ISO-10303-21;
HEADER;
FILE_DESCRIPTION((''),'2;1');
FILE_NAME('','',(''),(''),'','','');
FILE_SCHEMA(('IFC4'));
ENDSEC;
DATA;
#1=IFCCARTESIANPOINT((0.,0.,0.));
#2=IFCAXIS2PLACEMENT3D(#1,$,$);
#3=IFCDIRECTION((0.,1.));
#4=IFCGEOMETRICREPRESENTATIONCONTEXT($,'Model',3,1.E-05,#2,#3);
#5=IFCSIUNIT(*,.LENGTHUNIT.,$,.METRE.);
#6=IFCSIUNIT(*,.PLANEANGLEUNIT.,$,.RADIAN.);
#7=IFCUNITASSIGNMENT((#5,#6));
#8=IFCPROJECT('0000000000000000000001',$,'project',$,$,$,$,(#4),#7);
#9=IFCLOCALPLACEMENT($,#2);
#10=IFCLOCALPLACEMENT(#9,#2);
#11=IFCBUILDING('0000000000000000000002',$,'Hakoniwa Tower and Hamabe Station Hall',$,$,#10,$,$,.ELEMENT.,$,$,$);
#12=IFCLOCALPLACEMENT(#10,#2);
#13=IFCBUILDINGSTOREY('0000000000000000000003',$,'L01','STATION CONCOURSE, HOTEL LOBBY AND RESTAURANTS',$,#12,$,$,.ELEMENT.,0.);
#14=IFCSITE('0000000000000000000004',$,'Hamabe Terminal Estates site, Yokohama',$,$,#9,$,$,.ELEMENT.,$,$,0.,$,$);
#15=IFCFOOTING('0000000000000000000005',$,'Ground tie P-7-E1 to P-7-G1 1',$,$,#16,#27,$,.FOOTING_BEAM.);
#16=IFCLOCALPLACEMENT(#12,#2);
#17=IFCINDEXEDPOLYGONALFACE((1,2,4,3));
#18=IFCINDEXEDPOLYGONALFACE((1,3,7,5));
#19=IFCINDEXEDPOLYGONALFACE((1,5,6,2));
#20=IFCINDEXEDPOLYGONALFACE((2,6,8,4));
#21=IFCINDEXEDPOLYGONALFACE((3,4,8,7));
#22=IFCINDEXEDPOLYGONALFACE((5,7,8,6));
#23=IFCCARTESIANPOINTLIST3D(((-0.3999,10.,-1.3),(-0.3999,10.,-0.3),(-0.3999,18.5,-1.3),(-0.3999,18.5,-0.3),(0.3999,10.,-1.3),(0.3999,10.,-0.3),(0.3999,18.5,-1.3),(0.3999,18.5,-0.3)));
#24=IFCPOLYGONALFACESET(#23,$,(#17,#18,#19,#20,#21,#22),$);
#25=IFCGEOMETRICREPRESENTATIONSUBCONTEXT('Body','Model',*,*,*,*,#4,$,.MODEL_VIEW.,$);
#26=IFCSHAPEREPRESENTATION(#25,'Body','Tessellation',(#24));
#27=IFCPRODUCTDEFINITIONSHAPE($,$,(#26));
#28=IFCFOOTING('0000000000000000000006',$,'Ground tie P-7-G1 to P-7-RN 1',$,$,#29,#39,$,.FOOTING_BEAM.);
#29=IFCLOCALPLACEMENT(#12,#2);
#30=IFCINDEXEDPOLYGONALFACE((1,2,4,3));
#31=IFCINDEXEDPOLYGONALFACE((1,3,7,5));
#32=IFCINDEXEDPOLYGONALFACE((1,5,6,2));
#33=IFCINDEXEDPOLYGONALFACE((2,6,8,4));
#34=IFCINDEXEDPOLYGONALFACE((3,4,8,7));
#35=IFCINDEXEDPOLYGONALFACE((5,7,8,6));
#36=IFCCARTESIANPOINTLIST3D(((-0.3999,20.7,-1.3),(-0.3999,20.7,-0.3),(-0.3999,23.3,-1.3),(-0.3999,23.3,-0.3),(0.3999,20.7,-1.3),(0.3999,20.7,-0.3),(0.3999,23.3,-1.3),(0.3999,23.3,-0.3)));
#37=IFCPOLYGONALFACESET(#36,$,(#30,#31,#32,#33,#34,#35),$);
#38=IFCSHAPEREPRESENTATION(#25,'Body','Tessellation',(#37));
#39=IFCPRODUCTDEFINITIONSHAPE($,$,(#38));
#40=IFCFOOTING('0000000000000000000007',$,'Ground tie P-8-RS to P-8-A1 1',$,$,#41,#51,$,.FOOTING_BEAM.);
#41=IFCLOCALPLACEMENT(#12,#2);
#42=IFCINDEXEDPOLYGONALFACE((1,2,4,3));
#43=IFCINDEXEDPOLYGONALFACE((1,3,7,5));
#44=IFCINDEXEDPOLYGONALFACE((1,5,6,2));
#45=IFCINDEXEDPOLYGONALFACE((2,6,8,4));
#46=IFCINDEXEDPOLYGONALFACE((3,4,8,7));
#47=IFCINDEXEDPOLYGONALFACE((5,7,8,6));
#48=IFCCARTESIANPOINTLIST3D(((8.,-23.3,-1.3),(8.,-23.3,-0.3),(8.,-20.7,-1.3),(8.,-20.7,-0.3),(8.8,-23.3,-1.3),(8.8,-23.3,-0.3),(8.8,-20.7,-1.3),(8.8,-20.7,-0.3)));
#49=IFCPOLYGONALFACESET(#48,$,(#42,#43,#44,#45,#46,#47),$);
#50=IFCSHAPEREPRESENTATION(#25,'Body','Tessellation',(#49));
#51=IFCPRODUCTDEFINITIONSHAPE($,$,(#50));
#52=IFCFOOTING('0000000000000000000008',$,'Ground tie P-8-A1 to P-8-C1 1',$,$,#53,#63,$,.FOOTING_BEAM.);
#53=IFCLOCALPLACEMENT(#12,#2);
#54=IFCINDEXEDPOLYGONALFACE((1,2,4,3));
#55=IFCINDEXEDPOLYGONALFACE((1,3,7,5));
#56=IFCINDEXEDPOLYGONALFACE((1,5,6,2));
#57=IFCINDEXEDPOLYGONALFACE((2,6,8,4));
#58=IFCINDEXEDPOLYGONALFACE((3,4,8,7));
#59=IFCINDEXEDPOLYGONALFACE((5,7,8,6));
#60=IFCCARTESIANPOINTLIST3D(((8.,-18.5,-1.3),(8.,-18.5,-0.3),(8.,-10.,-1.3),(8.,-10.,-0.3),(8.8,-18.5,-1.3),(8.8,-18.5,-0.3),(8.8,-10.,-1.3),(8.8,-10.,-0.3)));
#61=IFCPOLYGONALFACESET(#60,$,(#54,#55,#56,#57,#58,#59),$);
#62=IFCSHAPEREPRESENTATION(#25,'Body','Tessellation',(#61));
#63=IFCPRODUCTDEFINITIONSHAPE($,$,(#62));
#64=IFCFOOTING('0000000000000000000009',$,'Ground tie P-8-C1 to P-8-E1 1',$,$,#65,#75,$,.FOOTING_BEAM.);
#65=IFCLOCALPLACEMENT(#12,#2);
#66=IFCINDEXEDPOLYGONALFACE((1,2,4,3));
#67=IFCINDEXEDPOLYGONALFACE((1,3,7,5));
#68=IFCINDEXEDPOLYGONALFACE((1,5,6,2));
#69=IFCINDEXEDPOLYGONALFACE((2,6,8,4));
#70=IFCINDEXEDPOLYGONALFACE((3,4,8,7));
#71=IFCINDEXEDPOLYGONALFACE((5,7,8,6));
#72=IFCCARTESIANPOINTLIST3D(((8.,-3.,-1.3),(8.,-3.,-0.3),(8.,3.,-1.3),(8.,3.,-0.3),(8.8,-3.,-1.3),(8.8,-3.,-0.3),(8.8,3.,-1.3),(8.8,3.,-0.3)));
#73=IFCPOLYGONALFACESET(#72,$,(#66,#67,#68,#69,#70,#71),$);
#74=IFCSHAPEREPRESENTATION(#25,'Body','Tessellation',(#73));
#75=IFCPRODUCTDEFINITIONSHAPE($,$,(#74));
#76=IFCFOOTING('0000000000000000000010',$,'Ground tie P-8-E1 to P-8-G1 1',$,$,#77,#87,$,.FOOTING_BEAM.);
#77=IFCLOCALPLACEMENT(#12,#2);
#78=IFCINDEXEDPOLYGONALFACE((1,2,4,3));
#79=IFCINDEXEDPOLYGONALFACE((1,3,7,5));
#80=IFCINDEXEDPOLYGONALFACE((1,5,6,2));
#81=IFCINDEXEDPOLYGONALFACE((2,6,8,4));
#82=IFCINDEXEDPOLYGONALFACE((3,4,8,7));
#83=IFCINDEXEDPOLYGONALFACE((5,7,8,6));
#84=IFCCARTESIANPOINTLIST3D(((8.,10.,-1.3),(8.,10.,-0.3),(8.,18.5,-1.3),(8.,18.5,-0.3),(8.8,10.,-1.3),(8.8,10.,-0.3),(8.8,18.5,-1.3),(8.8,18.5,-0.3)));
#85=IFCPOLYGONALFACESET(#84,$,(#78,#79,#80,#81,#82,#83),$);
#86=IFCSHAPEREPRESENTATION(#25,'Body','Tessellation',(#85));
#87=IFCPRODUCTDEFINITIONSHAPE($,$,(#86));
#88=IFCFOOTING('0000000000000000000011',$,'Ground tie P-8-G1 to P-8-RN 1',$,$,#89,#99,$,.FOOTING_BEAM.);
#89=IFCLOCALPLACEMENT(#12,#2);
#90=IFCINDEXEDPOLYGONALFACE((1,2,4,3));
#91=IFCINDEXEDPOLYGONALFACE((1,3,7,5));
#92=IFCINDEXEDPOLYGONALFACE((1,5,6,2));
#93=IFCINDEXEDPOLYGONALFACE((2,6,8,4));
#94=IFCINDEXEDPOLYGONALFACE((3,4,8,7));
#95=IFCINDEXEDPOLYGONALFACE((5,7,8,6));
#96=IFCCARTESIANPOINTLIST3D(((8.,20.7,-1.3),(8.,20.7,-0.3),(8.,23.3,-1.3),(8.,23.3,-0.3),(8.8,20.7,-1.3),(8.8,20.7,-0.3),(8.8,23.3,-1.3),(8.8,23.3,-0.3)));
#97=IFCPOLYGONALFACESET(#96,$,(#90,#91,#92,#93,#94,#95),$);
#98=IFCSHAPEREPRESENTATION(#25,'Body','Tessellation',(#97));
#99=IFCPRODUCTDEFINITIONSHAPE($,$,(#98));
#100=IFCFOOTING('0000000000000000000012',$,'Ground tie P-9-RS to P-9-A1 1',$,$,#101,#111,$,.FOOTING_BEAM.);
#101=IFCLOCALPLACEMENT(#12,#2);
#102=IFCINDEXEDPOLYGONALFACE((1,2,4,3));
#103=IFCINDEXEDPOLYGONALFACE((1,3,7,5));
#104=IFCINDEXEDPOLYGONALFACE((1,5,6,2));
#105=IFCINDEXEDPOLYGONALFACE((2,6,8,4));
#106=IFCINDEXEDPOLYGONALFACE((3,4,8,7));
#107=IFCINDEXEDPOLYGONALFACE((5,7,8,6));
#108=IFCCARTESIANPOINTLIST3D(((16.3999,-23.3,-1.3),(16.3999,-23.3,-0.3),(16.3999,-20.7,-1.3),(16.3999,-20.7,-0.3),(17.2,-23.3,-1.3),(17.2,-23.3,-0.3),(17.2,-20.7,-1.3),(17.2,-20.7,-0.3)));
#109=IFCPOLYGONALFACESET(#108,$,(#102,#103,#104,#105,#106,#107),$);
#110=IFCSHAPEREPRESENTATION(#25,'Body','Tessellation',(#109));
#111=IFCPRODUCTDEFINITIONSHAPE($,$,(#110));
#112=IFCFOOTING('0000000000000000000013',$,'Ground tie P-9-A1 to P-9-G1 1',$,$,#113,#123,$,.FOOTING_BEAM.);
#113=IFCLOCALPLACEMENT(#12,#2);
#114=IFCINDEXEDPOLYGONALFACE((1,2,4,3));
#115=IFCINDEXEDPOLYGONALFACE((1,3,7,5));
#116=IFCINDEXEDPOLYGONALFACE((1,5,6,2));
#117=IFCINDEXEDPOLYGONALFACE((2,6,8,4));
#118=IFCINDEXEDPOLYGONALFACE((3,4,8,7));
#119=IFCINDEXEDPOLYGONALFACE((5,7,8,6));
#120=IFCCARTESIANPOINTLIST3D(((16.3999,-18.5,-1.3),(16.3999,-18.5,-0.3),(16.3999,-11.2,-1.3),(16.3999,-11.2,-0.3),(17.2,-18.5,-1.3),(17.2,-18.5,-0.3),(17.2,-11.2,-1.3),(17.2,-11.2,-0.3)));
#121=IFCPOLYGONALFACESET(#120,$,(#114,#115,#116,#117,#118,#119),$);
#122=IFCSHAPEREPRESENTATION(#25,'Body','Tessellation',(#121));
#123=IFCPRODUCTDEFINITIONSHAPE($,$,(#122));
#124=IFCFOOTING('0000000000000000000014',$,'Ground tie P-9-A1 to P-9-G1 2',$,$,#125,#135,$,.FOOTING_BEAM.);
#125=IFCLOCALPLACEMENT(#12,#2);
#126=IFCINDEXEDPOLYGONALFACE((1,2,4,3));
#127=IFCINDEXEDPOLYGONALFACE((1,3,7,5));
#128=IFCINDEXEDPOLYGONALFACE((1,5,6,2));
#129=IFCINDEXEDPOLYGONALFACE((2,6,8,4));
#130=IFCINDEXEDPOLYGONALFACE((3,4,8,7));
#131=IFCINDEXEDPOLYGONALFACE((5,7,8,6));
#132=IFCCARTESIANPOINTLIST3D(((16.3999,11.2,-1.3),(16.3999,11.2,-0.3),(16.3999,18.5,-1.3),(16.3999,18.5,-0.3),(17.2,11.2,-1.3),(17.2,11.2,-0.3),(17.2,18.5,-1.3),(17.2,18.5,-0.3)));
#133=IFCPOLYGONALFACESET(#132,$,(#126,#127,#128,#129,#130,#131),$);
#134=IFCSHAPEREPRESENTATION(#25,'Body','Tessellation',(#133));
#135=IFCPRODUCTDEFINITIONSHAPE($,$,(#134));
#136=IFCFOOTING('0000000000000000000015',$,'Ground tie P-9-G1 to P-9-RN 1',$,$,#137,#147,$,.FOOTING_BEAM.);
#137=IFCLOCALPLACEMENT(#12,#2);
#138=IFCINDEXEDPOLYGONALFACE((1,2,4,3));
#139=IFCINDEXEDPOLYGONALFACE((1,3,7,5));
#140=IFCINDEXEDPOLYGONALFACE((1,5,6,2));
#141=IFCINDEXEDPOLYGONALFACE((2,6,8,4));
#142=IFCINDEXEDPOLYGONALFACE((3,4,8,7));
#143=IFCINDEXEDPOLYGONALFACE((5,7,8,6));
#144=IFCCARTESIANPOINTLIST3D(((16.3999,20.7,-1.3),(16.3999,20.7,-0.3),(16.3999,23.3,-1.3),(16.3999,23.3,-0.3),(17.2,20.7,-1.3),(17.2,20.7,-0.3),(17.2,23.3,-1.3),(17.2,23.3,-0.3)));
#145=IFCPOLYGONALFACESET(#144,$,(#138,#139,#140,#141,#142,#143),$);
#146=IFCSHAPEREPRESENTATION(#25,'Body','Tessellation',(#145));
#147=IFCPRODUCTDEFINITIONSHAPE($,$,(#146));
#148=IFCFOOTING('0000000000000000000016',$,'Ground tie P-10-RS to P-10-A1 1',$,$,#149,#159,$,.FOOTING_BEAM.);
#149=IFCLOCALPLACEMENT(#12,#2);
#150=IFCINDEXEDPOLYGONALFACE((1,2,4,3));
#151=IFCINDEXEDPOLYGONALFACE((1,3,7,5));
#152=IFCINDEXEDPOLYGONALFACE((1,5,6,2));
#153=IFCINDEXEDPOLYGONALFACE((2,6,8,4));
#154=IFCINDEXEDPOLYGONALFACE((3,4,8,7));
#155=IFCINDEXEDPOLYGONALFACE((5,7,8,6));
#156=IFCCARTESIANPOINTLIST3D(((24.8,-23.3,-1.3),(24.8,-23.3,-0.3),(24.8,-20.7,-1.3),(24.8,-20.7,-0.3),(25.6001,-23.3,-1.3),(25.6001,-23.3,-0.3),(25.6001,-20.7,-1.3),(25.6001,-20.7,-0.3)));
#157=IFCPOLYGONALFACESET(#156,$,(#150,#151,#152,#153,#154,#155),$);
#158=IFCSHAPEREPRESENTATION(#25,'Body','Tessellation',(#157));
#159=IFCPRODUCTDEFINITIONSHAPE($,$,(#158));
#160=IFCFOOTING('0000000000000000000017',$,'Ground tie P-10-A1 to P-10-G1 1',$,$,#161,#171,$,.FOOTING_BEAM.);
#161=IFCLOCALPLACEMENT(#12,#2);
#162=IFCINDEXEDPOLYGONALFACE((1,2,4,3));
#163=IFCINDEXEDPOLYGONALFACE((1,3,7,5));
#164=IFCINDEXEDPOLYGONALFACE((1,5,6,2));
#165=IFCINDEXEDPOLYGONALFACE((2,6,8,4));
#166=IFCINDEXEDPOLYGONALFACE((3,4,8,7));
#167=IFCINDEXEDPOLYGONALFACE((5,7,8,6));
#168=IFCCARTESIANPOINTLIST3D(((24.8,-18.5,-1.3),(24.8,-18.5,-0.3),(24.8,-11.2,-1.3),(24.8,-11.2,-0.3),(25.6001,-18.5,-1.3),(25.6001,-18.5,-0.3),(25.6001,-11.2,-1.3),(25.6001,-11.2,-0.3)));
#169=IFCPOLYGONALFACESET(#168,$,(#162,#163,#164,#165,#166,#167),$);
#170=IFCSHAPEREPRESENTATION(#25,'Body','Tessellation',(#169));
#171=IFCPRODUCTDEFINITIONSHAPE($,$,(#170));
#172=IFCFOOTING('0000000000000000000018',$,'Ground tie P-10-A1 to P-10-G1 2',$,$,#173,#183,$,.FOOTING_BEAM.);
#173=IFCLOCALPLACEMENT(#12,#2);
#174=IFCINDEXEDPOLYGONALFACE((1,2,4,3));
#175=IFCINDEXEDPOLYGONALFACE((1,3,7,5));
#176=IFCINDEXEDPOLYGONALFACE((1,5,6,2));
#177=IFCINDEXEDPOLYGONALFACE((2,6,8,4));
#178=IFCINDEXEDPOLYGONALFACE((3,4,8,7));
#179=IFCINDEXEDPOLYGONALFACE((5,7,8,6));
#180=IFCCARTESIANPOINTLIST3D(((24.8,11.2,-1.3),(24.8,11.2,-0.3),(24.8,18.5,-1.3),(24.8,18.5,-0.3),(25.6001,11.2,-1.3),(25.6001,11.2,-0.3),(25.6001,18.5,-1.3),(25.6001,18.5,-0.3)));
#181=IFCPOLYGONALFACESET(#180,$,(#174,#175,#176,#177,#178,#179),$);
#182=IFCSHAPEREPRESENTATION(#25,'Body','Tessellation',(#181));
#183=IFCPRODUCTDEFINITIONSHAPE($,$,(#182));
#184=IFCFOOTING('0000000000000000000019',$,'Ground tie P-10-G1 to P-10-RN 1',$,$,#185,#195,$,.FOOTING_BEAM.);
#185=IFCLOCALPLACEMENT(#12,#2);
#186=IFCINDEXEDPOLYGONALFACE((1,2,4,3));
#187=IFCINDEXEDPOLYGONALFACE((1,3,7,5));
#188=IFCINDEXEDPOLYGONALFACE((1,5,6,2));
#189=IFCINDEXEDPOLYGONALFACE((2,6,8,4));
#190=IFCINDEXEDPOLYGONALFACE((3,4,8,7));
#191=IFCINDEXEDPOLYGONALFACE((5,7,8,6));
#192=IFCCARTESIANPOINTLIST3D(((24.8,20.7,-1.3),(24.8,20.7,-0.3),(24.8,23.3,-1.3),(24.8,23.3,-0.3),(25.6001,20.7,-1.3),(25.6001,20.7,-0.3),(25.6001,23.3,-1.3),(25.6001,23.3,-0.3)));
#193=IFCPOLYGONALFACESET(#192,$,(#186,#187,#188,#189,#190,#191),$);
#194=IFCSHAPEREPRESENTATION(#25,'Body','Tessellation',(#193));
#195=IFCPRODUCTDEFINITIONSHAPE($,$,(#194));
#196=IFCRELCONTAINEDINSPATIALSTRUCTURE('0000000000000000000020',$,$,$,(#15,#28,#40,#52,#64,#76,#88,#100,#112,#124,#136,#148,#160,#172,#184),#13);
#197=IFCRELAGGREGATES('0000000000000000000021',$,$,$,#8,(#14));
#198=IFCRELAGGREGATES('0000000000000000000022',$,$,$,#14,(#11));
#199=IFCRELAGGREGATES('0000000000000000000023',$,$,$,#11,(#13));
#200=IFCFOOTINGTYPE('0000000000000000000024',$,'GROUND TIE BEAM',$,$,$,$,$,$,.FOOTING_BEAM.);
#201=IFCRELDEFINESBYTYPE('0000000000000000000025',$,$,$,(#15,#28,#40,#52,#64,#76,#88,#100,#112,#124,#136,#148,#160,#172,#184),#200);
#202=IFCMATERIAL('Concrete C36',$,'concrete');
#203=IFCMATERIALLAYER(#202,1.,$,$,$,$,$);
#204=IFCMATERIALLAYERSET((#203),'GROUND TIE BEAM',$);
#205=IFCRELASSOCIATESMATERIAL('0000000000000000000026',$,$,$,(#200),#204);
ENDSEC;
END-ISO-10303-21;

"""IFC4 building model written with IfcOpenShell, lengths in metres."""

from ifc_helpers import new_model, si_unit, direction, frame, origin, place, context, subcontext, project, spatial, polyline, outline, extrude, material, layer, layer_set, type_object, element, save


model = new_model("IFC4")

# Units and contexts
model_context = context("Model", 3, precision=1e-05, world=origin(), true_north=direction((0.0, 1.0)))
body_context = subcontext(model_context, "Body", "Model", "MODEL_VIEW")
ifc_project = project(units=[si_unit("LENGTHUNIT", "METRE"), si_unit("PLANEANGLEUNIT", "RADIAN")], contexts=[model_context])

# Site, building, storey
site_placement = place(None, origin())
site = spatial("IfcSite", under=ifc_project, at=site_placement, Name="Hamabe Terminal Estates site, Yokohama", CompositionType="ELEMENT", RefElevation=0.0)
building_placement = place(site_placement, origin())
building = spatial("IfcBuilding", under=site, at=building_placement, Name="Hakoniwa Tower and Hamabe Station Hall", CompositionType="ELEMENT")
storey_placement = place(building_placement, origin())
storey = spatial("IfcBuildingStorey", under=building, at=storey_placement, Name="L01", Description="STATION CONCOURSE, HOTEL LOBBY AND RESTAURANTS", CompositionType="ELEMENT", Elevation=0.0)

# Footings
ifc_material = material(Name="Concrete C36", Category="concrete")
ifc_layer = layer(ifc_material, 1.0)
ifc_layer_set = layer_set([ifc_layer], Name="GROUND TIE BEAM")
footing_type = type_object("IfcFootingType", Name="GROUND TIE BEAM", PredefinedType="FOOTING_BEAM", material=ifc_layer_set)
footing_1_placement = place(storey_placement, frame((0.0, 0.0, -1.3)))
element("IfcFooting", 1, at=footing_1_placement, inside=storey, type_object=footing_type, Name="Ground tie P-7-E1 to P-7-G1 1", PredefinedType="FOOTING_BEAM", context=body_context, shape_type="SweptSolid", body=[
    extrude(outline(polyline([(-0.3999, 18.5), (-0.3999, 10.0), (0.3999, 10.0), (0.3999, 18.5), (-0.3999, 18.5)])), origin(), (0.0, 0.0, 1.0), 1.0),
])
footing_2_placement = place(storey_placement, frame((0.0, 0.0, -1.3)))
element("IfcFooting", 2, at=footing_2_placement, inside=storey, type_object=footing_type, Name="Ground tie P-7-G1 to P-7-RN 1", PredefinedType="FOOTING_BEAM", context=body_context, shape_type="SweptSolid", body=[
    extrude(outline(polyline([(-0.3999, 23.3), (-0.3999, 20.7), (0.3999, 20.7), (0.3999, 23.3), (-0.3999, 23.3)])), origin(), (0.0, 0.0, 1.0), 1.0),
])
footing_3_placement = place(storey_placement, frame((0.0, 0.0, -1.3)))
element("IfcFooting", 3, at=footing_3_placement, inside=storey, type_object=footing_type, Name="Ground tie P-8-RS to P-8-A1 1", PredefinedType="FOOTING_BEAM", context=body_context, shape_type="SweptSolid", body=[
    extrude(outline(polyline([(8.0, -20.7), (8.0, -23.3), (8.8, -23.3), (8.8, -20.7), (8.0, -20.7)])), origin(), (0.0, 0.0, 1.0), 1.0),
])
footing_4_placement = place(storey_placement, frame((0.0, 0.0, -1.3)))
element("IfcFooting", 4, at=footing_4_placement, inside=storey, type_object=footing_type, Name="Ground tie P-8-A1 to P-8-C1 1", PredefinedType="FOOTING_BEAM", context=body_context, shape_type="SweptSolid", body=[
    extrude(outline(polyline([(8.0, -10.0), (8.0, -18.5), (8.8, -18.5), (8.8, -10.0), (8.0, -10.0)])), origin(), (0.0, 0.0, 1.0), 1.0),
])
footing_5_placement = place(storey_placement, frame((0.0, 0.0, -1.3)))
element("IfcFooting", 5, at=footing_5_placement, inside=storey, type_object=footing_type, Name="Ground tie P-8-C1 to P-8-E1 1", PredefinedType="FOOTING_BEAM", context=body_context, shape_type="SweptSolid", body=[
    extrude(outline(polyline([(8.0, 3.0), (8.0, -3.0), (8.8, -3.0), (8.8, 3.0), (8.0, 3.0)])), origin(), (0.0, 0.0, 1.0), 1.0),
])
footing_6_placement = place(storey_placement, frame((0.0, 0.0, -1.3)))
element("IfcFooting", 6, at=footing_6_placement, inside=storey, type_object=footing_type, Name="Ground tie P-8-E1 to P-8-G1 1", PredefinedType="FOOTING_BEAM", context=body_context, shape_type="SweptSolid", body=[
    extrude(outline(polyline([(8.0, 18.5), (8.0, 10.0), (8.8, 10.0), (8.8, 18.5), (8.0, 18.5)])), origin(), (0.0, 0.0, 1.0), 1.0),
])
footing_7_placement = place(storey_placement, frame((0.0, 0.0, -1.3)))
element("IfcFooting", 7, at=footing_7_placement, inside=storey, type_object=footing_type, Name="Ground tie P-8-G1 to P-8-RN 1", PredefinedType="FOOTING_BEAM", context=body_context, shape_type="SweptSolid", body=[
    extrude(outline(polyline([(8.0, 23.3), (8.0, 20.7), (8.8, 20.7), (8.8, 23.3), (8.0, 23.3)])), origin(), (0.0, 0.0, 1.0), 1.0),
])
footing_8_placement = place(storey_placement, frame((0.0, 0.0, -1.3)))
element("IfcFooting", 8, at=footing_8_placement, inside=storey, type_object=footing_type, Name="Ground tie P-9-RS to P-9-A1 1", PredefinedType="FOOTING_BEAM", context=body_context, shape_type="SweptSolid", body=[
    extrude(outline(polyline([(16.3999, -20.7), (16.3999, -23.3), (17.2, -23.3), (17.2, -20.7), (16.3999, -20.7)])), origin(), (0.0, 0.0, 1.0), 1.0),
])
footing_9_placement = place(storey_placement, frame((0.0, 0.0, -1.3)))
element("IfcFooting", 9, at=footing_9_placement, inside=storey, type_object=footing_type, Name="Ground tie P-9-A1 to P-9-G1 1", PredefinedType="FOOTING_BEAM", context=body_context, shape_type="SweptSolid", body=[
    extrude(outline(polyline([(16.3999, -11.2), (16.3999, -18.5), (17.2, -18.5), (17.2, -11.2), (16.3999, -11.2)])), origin(), (0.0, 0.0, 1.0), 1.0),
])
footing_10_placement = place(storey_placement, frame((0.0, 0.0, -1.3)))
element("IfcFooting", 10, at=footing_10_placement, inside=storey, type_object=footing_type, Name="Ground tie P-9-A1 to P-9-G1 2", PredefinedType="FOOTING_BEAM", context=body_context, shape_type="SweptSolid", body=[
    extrude(outline(polyline([(16.3999, 18.5), (16.3999, 11.2), (17.2, 11.2), (17.2, 18.5), (16.3999, 18.5)])), origin(), (0.0, 0.0, 1.0), 1.0),
])
footing_11_placement = place(storey_placement, frame((0.0, 0.0, -1.3)))
element("IfcFooting", 11, at=footing_11_placement, inside=storey, type_object=footing_type, Name="Ground tie P-9-G1 to P-9-RN 1", PredefinedType="FOOTING_BEAM", context=body_context, shape_type="SweptSolid", body=[
    extrude(outline(polyline([(16.3999, 23.3), (16.3999, 20.7), (17.2, 20.7), (17.2, 23.3), (16.3999, 23.3)])), origin(), (0.0, 0.0, 1.0), 1.0),
])
footing_12_placement = place(storey_placement, frame((0.0, 0.0, -1.3)))
element("IfcFooting", 12, at=footing_12_placement, inside=storey, type_object=footing_type, Name="Ground tie P-10-RS to P-10-A1 1", PredefinedType="FOOTING_BEAM", context=body_context, shape_type="SweptSolid", body=[
    extrude(outline(polyline([(24.8, -20.7), (24.8, -23.3), (25.6001, -23.3), (25.6001, -20.7), (24.8, -20.7)])), origin(), (0.0, 0.0, 1.0), 1.0),
])
footing_13_placement = place(storey_placement, frame((0.0, 0.0, -1.3)))
element("IfcFooting", 13, at=footing_13_placement, inside=storey, type_object=footing_type, Name="Ground tie P-10-A1 to P-10-G1 1", PredefinedType="FOOTING_BEAM", context=body_context, shape_type="SweptSolid", body=[
    extrude(outline(polyline([(24.8, -11.2), (24.8, -18.5), (25.6001, -18.5), (25.6001, -11.2), (24.8, -11.2)])), origin(), (0.0, 0.0, 1.0), 1.0),
])
footing_14_placement = place(storey_placement, frame((0.0, 0.0, -1.3)))
element("IfcFooting", 14, at=footing_14_placement, inside=storey, type_object=footing_type, Name="Ground tie P-10-A1 to P-10-G1 2", PredefinedType="FOOTING_BEAM", context=body_context, shape_type="SweptSolid", body=[
    extrude(outline(polyline([(24.8, 18.5), (24.8, 11.2), (25.6001, 11.2), (25.6001, 18.5), (24.8, 18.5)])), origin(), (0.0, 0.0, 1.0), 1.0),
])
footing_15_placement = place(storey_placement, frame((0.0, 0.0, -1.3)))
element("IfcFooting", 15, at=footing_15_placement, inside=storey, type_object=footing_type, Name="Ground tie P-10-G1 to P-10-RN 1", PredefinedType="FOOTING_BEAM", context=body_context, shape_type="SweptSolid", body=[
    extrude(outline(polyline([(24.8, 23.3), (24.8, 20.7), (25.6001, 20.7), (25.6001, 23.3), (24.8, 23.3)])), origin(), (0.0, 0.0, 1.0), 1.0),
])

save(model, "model.ifc")
